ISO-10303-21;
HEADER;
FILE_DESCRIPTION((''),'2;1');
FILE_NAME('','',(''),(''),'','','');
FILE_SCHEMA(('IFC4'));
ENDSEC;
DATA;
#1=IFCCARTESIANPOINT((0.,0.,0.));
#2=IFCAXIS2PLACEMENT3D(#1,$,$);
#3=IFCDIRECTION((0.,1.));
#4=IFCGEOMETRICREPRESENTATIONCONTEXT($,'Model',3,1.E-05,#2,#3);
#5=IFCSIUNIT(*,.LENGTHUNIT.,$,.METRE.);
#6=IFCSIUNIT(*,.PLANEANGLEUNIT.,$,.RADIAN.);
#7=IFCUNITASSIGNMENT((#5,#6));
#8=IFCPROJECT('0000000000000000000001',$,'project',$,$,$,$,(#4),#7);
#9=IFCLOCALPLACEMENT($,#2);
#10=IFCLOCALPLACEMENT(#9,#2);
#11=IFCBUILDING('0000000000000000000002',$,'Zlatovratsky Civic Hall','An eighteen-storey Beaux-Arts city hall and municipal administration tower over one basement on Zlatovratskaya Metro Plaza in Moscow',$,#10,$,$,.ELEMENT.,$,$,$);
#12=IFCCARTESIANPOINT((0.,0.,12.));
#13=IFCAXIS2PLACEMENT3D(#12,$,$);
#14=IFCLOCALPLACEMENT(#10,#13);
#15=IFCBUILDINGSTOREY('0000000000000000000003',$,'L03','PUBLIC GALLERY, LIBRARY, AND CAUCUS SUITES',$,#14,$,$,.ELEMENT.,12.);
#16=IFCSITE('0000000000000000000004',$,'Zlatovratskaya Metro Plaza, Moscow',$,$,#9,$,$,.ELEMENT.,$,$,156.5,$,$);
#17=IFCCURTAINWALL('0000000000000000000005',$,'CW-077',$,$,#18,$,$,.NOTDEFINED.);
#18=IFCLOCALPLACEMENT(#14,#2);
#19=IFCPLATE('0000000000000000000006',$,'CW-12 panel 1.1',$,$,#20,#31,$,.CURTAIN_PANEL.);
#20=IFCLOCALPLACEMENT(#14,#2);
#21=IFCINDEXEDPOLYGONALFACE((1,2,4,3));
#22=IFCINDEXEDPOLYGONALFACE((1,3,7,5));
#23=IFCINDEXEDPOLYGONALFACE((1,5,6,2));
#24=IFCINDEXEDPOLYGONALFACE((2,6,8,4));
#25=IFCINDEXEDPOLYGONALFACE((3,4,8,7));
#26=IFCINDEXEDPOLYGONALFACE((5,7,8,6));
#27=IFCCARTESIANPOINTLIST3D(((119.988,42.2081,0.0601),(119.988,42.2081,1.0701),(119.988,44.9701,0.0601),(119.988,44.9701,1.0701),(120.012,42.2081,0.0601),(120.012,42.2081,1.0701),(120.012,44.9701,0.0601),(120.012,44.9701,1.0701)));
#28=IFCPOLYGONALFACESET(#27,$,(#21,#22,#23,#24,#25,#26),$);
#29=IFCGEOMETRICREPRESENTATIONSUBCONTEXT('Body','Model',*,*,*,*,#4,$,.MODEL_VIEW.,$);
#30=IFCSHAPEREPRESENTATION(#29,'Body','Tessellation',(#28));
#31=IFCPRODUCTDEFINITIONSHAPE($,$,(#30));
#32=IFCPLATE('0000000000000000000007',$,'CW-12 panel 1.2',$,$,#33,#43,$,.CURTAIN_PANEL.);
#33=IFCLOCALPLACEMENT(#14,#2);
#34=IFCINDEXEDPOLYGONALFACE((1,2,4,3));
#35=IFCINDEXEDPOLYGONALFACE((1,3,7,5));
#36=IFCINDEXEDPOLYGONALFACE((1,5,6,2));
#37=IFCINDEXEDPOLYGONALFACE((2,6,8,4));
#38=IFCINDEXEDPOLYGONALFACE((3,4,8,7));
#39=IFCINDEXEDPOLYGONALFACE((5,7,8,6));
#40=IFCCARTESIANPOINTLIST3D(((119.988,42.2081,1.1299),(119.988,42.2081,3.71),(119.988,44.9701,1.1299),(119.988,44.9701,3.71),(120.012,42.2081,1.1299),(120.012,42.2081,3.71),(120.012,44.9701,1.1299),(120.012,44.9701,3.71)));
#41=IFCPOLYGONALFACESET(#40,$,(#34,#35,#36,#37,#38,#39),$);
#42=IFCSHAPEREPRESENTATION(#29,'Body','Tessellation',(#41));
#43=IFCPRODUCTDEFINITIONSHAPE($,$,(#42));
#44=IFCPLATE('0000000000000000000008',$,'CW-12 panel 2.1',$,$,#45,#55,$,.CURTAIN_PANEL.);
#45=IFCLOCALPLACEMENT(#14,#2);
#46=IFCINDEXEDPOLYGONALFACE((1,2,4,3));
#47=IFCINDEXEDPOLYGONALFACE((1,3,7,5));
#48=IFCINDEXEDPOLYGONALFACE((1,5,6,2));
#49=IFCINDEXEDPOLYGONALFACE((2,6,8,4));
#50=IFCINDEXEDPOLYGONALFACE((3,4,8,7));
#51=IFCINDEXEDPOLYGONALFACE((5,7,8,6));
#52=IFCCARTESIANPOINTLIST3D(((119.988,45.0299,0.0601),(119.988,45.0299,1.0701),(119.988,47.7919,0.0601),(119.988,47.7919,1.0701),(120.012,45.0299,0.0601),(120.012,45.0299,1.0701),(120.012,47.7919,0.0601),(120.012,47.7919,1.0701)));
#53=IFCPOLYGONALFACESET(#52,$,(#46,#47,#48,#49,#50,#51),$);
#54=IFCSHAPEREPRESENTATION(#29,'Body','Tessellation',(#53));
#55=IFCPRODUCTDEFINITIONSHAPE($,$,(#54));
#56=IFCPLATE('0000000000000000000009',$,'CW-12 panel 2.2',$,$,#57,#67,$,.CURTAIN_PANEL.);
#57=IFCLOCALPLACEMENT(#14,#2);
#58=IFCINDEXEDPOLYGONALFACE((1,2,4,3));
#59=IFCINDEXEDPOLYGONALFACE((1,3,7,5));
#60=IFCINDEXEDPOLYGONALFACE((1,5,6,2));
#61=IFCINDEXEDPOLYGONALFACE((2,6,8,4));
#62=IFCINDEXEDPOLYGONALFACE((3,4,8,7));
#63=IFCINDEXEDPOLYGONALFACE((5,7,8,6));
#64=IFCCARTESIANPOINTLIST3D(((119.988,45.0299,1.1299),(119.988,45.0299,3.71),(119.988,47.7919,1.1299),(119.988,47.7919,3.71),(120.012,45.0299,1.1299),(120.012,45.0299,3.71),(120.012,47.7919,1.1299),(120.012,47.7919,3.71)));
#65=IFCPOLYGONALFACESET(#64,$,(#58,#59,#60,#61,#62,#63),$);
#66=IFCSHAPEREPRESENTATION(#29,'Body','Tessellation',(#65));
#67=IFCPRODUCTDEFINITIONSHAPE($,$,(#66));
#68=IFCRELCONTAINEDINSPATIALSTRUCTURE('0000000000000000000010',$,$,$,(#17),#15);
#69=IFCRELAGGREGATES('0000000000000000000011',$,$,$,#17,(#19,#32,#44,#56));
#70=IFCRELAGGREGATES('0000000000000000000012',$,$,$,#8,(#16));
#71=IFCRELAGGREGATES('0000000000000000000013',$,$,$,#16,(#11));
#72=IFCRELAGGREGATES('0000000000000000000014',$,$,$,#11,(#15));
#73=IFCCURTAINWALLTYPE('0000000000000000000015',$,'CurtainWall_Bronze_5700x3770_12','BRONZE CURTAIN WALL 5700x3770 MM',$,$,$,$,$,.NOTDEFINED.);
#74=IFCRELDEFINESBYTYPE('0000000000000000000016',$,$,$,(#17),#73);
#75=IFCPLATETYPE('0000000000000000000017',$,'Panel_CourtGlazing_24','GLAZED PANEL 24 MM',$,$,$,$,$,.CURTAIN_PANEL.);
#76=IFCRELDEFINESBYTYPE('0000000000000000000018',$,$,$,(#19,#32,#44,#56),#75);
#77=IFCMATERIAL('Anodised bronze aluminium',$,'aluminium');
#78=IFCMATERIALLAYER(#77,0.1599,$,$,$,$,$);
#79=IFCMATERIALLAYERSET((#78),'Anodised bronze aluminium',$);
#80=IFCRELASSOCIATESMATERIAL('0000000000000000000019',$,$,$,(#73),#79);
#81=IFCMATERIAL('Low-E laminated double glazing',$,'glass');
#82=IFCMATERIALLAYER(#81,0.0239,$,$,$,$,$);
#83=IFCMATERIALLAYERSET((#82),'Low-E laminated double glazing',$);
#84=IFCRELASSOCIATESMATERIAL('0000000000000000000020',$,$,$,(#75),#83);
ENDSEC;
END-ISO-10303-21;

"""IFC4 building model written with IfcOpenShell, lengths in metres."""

from ifc_helpers import new_model, si_unit, direction, frame, origin, origin_2d, place, context, subcontext, project, spatial, rectangle, extrude, material, layer, layer_set, type_object, element, aggregate, save


model = new_model("IFC4")

# Units and contexts
model_context = context("Model", 3, precision=1e-05, world=origin(), true_north=direction((0.0, 1.0)))
body_context = subcontext(model_context, "Body", "Model", "MODEL_VIEW")
ifc_project = project(units=[si_unit("LENGTHUNIT", "METRE"), si_unit("PLANEANGLEUNIT", "RADIAN")], contexts=[model_context])

# Site, building, storey
site_placement = place(None, origin())
site = spatial("IfcSite", under=ifc_project, at=site_placement, Name="Zlatovratskaya Metro Plaza, Moscow", CompositionType="ELEMENT", RefElevation=156.5)
building_placement = place(site_placement, origin())
building = spatial("IfcBuilding", under=site, at=building_placement, Name="Zlatovratsky Civic Hall", Description="An eighteen-storey Beaux-Arts city hall and municipal administration tower over one basement on Zlatovratskaya Metro Plaza in Moscow", CompositionType="ELEMENT")
storey_placement = place(building_placement, frame((0.0, 0.0, 12.0)))
storey = spatial("IfcBuildingStorey", under=building, at=storey_placement, Name="L03", Description="PUBLIC GALLERY, LIBRARY, AND CAUCUS SUITES", CompositionType="ELEMENT", Elevation=12.0)

# Shared definitions
ifc_material_1 = material(Name="Anodised bronze aluminium", Category="aluminium")
ifc_layer_1 = layer(ifc_material_1, 0.1599)
ifc_layer_set_1 = layer_set([ifc_layer_1], Name="Anodised bronze aluminium")
curtain_wall_type = type_object("IfcCurtainWallType", Name="CurtainWall_Bronze_5700x3770_12", Description="BRONZE CURTAIN WALL 5700x3770 MM", PredefinedType="NOTDEFINED", material=ifc_layer_set_1)

# Curtain wall
curtain_wall_1_placement = place(storey_placement, origin())
curtain_wall_1 = element("IfcCurtainWall", 1, at=curtain_wall_1_placement, inside=storey, type_object=curtain_wall_type, Name="CW-077", PredefinedType="NOTDEFINED")

# Plates
ifc_material_2 = material(Name="Low-E laminated double glazing", Category="glass")
ifc_layer_2 = layer(ifc_material_2, 0.0239)
ifc_layer_set_2 = layer_set([ifc_layer_2], Name="Low-E laminated double glazing")
plate_type = type_object("IfcPlateType", Name="Panel_CourtGlazing_24", Description="GLAZED PANEL 24 MM", PredefinedType="CURTAIN_PANEL", material=ifc_layer_set_2)
plate_1_placement = place(storey_placement, frame((120.0, 43.5891, 0.0601), z_axis=(0.0, 0.0, 1.0), x_axis=(0.0, 1.0, 0.0)))
plate_1 = element("IfcPlate", 2, at=plate_1_placement, type_object=plate_type, Name="CW-12 panel 1.1", PredefinedType="CURTAIN_PANEL", context=body_context, shape_type="SweptSolid", body=[
    extrude(rectangle(XDim=2.762, YDim=0.0239, at=origin_2d()), origin(), (0.0, 0.0, 1.0), 1.01),
])
plate_2_placement = place(storey_placement, frame((120.0, 43.5891, 1.1299), z_axis=(0.0, 0.0, 1.0), x_axis=(0.0, 1.0, 0.0)))
plate_2 = element("IfcPlate", 3, at=plate_2_placement, type_object=plate_type, Name="CW-12 panel 1.2", PredefinedType="CURTAIN_PANEL", context=body_context, shape_type="SweptSolid", body=[
    extrude(rectangle(XDim=2.762, YDim=0.0239, at=origin_2d()), origin(), (0.0, 0.0, 1.0), 2.5801),
])
plate_3_placement = place(storey_placement, frame((120.0, 46.4109, 0.0601), z_axis=(0.0, 0.0, 1.0), x_axis=(0.0, 1.0, 0.0)))
plate_3 = element("IfcPlate", 4, at=plate_3_placement, type_object=plate_type, Name="CW-12 panel 2.1", PredefinedType="CURTAIN_PANEL", context=body_context, shape_type="SweptSolid", body=[
    extrude(rectangle(XDim=2.762, YDim=0.0239, at=origin_2d()), origin(), (0.0, 0.0, 1.0), 1.01),
])
plate_4_placement = place(storey_placement, frame((120.0, 46.4109, 1.1299), z_axis=(0.0, 0.0, 1.0), x_axis=(0.0, 1.0, 0.0)))
plate_4 = element("IfcPlate", 5, at=plate_4_placement, type_object=plate_type, Name="CW-12 panel 2.2", PredefinedType="CURTAIN_PANEL", context=body_context, shape_type="SweptSolid", body=[
    extrude(rectangle(XDim=2.762, YDim=0.0239, at=origin_2d()), origin(), (0.0, 0.0, 1.0), 2.5801),
])
aggregate(curtain_wall_1, [plate_1, plate_2, plate_3, plate_4])

save(model, "model.ifc")
